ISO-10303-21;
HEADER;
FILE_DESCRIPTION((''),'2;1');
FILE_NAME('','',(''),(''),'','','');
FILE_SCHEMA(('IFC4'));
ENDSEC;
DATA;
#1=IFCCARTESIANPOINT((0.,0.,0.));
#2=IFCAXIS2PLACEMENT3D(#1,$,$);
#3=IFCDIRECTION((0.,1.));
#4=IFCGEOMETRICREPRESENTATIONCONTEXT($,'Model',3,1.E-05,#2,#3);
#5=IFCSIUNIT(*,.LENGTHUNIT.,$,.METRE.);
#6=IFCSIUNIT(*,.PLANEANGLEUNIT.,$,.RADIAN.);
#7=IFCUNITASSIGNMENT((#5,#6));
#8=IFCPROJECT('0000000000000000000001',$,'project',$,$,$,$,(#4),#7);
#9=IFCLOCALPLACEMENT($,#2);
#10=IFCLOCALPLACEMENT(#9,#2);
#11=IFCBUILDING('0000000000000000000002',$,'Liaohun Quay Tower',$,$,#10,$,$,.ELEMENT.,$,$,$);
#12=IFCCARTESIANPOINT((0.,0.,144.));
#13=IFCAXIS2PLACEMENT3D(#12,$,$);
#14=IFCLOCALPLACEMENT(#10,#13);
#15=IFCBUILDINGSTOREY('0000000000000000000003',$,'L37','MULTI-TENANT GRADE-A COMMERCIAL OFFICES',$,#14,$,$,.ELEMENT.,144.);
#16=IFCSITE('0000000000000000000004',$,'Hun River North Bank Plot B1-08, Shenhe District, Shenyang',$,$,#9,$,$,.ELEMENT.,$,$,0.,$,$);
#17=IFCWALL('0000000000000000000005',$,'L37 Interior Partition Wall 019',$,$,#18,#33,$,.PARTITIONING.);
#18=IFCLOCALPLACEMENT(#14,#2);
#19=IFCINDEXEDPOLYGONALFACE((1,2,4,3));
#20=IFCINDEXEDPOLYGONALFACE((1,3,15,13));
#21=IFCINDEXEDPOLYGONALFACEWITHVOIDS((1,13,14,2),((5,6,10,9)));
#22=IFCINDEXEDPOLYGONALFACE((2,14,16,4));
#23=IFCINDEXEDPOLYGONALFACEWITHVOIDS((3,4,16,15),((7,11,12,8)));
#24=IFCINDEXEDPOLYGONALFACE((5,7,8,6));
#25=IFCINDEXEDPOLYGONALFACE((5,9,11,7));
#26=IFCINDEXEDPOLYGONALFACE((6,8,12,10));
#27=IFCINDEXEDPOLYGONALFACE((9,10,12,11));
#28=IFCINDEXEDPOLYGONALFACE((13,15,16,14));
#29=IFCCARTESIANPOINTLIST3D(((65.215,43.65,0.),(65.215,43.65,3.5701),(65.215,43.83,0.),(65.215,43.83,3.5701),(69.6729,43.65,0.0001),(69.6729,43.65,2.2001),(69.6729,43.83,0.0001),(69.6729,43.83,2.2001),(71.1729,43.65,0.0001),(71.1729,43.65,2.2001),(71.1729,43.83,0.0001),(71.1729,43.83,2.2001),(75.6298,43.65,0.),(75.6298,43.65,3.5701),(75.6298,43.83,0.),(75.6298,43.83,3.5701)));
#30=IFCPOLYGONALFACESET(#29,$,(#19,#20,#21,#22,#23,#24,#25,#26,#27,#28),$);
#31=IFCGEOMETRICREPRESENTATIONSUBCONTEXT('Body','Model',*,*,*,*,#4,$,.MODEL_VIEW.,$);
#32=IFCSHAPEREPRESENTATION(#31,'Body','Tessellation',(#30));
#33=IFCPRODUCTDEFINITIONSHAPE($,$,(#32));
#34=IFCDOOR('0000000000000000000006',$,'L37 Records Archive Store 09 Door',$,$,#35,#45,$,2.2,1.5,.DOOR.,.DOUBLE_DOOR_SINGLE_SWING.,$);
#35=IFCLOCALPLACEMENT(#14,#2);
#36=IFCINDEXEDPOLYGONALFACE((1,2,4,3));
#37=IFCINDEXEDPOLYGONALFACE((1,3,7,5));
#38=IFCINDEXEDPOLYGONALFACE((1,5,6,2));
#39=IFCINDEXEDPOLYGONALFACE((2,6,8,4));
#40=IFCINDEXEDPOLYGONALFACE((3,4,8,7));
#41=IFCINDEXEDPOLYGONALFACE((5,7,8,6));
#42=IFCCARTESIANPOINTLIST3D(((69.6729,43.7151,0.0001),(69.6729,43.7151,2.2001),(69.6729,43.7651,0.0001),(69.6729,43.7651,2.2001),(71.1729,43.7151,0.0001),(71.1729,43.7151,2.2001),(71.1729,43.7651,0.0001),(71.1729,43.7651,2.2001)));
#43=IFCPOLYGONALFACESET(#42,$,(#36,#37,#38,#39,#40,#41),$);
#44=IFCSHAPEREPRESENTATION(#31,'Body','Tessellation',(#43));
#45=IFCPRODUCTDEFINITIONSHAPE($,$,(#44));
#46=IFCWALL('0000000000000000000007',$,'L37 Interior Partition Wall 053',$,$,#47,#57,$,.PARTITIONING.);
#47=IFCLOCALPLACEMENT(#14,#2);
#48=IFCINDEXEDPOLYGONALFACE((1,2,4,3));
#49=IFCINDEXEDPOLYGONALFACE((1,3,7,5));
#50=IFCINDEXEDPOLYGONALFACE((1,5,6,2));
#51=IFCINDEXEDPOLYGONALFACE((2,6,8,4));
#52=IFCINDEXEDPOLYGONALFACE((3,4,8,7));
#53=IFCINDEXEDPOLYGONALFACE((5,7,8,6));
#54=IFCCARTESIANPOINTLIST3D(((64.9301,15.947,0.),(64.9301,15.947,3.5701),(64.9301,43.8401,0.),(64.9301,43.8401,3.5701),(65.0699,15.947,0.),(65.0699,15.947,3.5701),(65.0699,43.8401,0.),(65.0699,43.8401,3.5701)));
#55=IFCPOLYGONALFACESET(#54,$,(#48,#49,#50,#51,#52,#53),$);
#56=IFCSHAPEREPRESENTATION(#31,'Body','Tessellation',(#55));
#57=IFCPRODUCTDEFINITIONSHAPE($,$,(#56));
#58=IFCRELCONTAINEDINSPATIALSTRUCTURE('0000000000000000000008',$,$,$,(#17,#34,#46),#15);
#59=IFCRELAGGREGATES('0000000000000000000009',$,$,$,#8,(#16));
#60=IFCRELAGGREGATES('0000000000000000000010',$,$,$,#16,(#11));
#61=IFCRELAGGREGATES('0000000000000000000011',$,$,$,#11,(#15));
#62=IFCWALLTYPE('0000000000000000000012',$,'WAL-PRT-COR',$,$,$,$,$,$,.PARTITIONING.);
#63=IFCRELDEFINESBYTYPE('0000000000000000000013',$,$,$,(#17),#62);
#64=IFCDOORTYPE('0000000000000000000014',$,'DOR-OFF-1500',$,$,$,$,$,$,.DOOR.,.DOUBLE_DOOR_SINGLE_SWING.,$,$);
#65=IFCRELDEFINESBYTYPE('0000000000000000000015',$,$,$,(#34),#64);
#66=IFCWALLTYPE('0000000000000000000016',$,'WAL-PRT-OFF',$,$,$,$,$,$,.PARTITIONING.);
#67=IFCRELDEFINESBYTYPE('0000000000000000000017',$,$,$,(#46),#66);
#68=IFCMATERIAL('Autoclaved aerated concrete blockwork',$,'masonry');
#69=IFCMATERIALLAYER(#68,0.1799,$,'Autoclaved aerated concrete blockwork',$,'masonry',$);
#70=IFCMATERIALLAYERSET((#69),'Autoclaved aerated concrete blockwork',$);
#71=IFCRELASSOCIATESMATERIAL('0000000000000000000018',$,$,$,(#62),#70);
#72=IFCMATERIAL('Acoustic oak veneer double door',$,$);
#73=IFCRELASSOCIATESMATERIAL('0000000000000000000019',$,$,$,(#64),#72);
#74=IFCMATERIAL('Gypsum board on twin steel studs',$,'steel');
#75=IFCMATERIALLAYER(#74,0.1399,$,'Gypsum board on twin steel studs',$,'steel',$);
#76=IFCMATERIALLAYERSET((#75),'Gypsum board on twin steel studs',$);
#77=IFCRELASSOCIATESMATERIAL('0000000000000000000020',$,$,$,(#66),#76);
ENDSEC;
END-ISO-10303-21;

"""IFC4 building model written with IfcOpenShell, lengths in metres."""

from ifc_helpers import new_model, si_unit, direction, frame, frame_2d, origin, place, context, subcontext, project, spatial, rectangle, extrude, source, transform, mapped, material, layer, layer_set, type_object, element, fill, save


model = new_model("IFC4")

# Units and contexts
model_context = context("Model", 3, precision=1e-05, world=origin(), true_north=direction((0.0, 1.0)))
body_context = subcontext(model_context, "Body", "Model", "MODEL_VIEW")
ifc_project = project(units=[si_unit("LENGTHUNIT", "METRE"), si_unit("PLANEANGLEUNIT", "RADIAN")], contexts=[model_context])

# Site, building, storey
site_placement = place(None, origin())
site = spatial("IfcSite", under=ifc_project, at=site_placement, Name="Hun River North Bank Plot B1-08, Shenhe District, Shenyang", CompositionType="ELEMENT", RefElevation=0.0)
building_placement = place(site_placement, origin())
building = spatial("IfcBuilding", under=site, at=building_placement, Name="Liaohun Quay Tower", CompositionType="ELEMENT")
storey_placement = place(building_placement, frame((0.0, 0.0, 144.0)))
storey = spatial("IfcBuildingStorey", under=building, at=storey_placement, Name="L37", Description="MULTI-TENANT GRADE-A COMMERCIAL OFFICES", CompositionType="ELEMENT", Elevation=144.0)

# Wall, opening, door
ifc_material_1 = material(Name="Autoclaved aerated concrete blockwork", Category="masonry")
ifc_layer_1 = layer(ifc_material_1, 0.1799, Name="Autoclaved aerated concrete blockwork", Category="masonry")
ifc_layer_set_1 = layer_set([ifc_layer_1], Name="Autoclaved aerated concrete blockwork")
wall_type_1 = type_object("IfcWallType", Name="WAL-PRT-COR", PredefinedType="PARTITIONING", material=ifc_layer_set_1)
shared_shape_1 = source(origin(), body_context, "Body", "SweptSolid", [
    extrude(rectangle(XDim=1.5, YDim=2.2, at=frame_2d((0.75, 1.1001))), frame((0.0, 0.0999, 0.0), z_axis=(0.0, -1.0, 0.0), x_axis=(1.0, 0.0, 0.0)), (0.0, 0.0, 1.0), 0.2),
])
ifc_material_2 = material(Name="Acoustic oak veneer double door")
door_type = type_object("IfcDoorType", Name="DOR-OFF-1500", OperationType="DOUBLE_DOOR_SINGLE_SWING", PredefinedType="DOOR", material=ifc_material_2)
shared_shape_2 = source(origin(), body_context, "Body", "SweptSolid", [
    extrude(rectangle(XDim=1.5, YDim=2.2, at=frame_2d((0.75, 1.1001))), frame((0.0, 0.0249, 0.0), z_axis=(0.0, -1.0, 0.0), x_axis=(1.0, 0.0, 0.0)), (0.0, 0.0, 1.0), 0.05),
])
wall_1_placement = place(storey_placement, frame((75.6299, 43.74, 0.0), z_axis=(0.0, 0.0, 1.0), x_axis=(-1.0, 0.0, 0.0)))
wall_1 = element("IfcWall", 1, at=wall_1_placement, inside=storey, type_object=wall_type_1, Name="L37 Interior Partition Wall 019", PredefinedType="PARTITIONING", context=body_context, shape_type="SweptSolid", body=[
    extrude(rectangle(XDim=10.4148, YDim=0.1799, at=frame_2d((5.2075, 0.0))), origin(), (0.0, 0.0, 1.0), 3.5701),
])
opening_1_placement = place(wall_1_placement, frame((4.457, 0.0, 0.0)))
opening_1 = element("IfcOpeningElement", 2, at=opening_1_placement, cuts=wall_1, PredefinedType="OPENING", context=body_context, shape_type="MappedRepresentation", body=[
    mapped(shared_shape_1, transform((0.0, 0.0, 0.0), x_axis=(1.0, 0.0, 0.0), y_axis=(0.0, 1.0, 0.0), z_axis=(0.0, 0.0, 1.0), scale=1.0)),
])
door_1_placement = place(opening_1_placement, origin())
door_1 = element("IfcDoor", 3, at=door_1_placement, inside=storey, type_object=door_type, Name="L37 Records Archive Store 09 Door", OperationType="DOUBLE_DOOR_SINGLE_SWING", OverallHeight=2.2, OverallWidth=1.5, PredefinedType="DOOR", context=body_context, shape_type="MappedRepresentation", body=[
    mapped(shared_shape_2, transform((0.0, 0.0, 0.0), x_axis=(1.0, 0.0, 0.0), y_axis=(0.0, 1.0, 0.0), z_axis=(0.0, 0.0, 1.0), scale=1.0)),
])
fill(opening_1, door_1)

# Wall
ifc_material_3 = material(Name="Gypsum board on twin steel studs", Category="steel")
ifc_layer_2 = layer(ifc_material_3, 0.1399, Name="Gypsum board on twin steel studs", Category="steel")
ifc_layer_set_2 = layer_set([ifc_layer_2], Name="Gypsum board on twin steel studs")
wall_type_2 = type_object("IfcWallType", Name="WAL-PRT-OFF", PredefinedType="PARTITIONING", material=ifc_layer_set_2)
wall_2_placement = place(storey_placement, frame((65.0, 43.8401, 0.0), z_axis=(0.0, 0.0, 1.0), x_axis=(0.0, -1.0, 0.0)))
element("IfcWall", 4, at=wall_2_placement, inside=storey, type_object=wall_type_2, Name="L37 Interior Partition Wall 053", PredefinedType="PARTITIONING", context=body_context, shape_type="SweptSolid", body=[
    extrude(rectangle(XDim=27.8931, YDim=0.1399, at=frame_2d((13.9465, 0.0))), origin(), (0.0, 0.0, 1.0), 3.5701),
])

save(model, "model.ifc")
